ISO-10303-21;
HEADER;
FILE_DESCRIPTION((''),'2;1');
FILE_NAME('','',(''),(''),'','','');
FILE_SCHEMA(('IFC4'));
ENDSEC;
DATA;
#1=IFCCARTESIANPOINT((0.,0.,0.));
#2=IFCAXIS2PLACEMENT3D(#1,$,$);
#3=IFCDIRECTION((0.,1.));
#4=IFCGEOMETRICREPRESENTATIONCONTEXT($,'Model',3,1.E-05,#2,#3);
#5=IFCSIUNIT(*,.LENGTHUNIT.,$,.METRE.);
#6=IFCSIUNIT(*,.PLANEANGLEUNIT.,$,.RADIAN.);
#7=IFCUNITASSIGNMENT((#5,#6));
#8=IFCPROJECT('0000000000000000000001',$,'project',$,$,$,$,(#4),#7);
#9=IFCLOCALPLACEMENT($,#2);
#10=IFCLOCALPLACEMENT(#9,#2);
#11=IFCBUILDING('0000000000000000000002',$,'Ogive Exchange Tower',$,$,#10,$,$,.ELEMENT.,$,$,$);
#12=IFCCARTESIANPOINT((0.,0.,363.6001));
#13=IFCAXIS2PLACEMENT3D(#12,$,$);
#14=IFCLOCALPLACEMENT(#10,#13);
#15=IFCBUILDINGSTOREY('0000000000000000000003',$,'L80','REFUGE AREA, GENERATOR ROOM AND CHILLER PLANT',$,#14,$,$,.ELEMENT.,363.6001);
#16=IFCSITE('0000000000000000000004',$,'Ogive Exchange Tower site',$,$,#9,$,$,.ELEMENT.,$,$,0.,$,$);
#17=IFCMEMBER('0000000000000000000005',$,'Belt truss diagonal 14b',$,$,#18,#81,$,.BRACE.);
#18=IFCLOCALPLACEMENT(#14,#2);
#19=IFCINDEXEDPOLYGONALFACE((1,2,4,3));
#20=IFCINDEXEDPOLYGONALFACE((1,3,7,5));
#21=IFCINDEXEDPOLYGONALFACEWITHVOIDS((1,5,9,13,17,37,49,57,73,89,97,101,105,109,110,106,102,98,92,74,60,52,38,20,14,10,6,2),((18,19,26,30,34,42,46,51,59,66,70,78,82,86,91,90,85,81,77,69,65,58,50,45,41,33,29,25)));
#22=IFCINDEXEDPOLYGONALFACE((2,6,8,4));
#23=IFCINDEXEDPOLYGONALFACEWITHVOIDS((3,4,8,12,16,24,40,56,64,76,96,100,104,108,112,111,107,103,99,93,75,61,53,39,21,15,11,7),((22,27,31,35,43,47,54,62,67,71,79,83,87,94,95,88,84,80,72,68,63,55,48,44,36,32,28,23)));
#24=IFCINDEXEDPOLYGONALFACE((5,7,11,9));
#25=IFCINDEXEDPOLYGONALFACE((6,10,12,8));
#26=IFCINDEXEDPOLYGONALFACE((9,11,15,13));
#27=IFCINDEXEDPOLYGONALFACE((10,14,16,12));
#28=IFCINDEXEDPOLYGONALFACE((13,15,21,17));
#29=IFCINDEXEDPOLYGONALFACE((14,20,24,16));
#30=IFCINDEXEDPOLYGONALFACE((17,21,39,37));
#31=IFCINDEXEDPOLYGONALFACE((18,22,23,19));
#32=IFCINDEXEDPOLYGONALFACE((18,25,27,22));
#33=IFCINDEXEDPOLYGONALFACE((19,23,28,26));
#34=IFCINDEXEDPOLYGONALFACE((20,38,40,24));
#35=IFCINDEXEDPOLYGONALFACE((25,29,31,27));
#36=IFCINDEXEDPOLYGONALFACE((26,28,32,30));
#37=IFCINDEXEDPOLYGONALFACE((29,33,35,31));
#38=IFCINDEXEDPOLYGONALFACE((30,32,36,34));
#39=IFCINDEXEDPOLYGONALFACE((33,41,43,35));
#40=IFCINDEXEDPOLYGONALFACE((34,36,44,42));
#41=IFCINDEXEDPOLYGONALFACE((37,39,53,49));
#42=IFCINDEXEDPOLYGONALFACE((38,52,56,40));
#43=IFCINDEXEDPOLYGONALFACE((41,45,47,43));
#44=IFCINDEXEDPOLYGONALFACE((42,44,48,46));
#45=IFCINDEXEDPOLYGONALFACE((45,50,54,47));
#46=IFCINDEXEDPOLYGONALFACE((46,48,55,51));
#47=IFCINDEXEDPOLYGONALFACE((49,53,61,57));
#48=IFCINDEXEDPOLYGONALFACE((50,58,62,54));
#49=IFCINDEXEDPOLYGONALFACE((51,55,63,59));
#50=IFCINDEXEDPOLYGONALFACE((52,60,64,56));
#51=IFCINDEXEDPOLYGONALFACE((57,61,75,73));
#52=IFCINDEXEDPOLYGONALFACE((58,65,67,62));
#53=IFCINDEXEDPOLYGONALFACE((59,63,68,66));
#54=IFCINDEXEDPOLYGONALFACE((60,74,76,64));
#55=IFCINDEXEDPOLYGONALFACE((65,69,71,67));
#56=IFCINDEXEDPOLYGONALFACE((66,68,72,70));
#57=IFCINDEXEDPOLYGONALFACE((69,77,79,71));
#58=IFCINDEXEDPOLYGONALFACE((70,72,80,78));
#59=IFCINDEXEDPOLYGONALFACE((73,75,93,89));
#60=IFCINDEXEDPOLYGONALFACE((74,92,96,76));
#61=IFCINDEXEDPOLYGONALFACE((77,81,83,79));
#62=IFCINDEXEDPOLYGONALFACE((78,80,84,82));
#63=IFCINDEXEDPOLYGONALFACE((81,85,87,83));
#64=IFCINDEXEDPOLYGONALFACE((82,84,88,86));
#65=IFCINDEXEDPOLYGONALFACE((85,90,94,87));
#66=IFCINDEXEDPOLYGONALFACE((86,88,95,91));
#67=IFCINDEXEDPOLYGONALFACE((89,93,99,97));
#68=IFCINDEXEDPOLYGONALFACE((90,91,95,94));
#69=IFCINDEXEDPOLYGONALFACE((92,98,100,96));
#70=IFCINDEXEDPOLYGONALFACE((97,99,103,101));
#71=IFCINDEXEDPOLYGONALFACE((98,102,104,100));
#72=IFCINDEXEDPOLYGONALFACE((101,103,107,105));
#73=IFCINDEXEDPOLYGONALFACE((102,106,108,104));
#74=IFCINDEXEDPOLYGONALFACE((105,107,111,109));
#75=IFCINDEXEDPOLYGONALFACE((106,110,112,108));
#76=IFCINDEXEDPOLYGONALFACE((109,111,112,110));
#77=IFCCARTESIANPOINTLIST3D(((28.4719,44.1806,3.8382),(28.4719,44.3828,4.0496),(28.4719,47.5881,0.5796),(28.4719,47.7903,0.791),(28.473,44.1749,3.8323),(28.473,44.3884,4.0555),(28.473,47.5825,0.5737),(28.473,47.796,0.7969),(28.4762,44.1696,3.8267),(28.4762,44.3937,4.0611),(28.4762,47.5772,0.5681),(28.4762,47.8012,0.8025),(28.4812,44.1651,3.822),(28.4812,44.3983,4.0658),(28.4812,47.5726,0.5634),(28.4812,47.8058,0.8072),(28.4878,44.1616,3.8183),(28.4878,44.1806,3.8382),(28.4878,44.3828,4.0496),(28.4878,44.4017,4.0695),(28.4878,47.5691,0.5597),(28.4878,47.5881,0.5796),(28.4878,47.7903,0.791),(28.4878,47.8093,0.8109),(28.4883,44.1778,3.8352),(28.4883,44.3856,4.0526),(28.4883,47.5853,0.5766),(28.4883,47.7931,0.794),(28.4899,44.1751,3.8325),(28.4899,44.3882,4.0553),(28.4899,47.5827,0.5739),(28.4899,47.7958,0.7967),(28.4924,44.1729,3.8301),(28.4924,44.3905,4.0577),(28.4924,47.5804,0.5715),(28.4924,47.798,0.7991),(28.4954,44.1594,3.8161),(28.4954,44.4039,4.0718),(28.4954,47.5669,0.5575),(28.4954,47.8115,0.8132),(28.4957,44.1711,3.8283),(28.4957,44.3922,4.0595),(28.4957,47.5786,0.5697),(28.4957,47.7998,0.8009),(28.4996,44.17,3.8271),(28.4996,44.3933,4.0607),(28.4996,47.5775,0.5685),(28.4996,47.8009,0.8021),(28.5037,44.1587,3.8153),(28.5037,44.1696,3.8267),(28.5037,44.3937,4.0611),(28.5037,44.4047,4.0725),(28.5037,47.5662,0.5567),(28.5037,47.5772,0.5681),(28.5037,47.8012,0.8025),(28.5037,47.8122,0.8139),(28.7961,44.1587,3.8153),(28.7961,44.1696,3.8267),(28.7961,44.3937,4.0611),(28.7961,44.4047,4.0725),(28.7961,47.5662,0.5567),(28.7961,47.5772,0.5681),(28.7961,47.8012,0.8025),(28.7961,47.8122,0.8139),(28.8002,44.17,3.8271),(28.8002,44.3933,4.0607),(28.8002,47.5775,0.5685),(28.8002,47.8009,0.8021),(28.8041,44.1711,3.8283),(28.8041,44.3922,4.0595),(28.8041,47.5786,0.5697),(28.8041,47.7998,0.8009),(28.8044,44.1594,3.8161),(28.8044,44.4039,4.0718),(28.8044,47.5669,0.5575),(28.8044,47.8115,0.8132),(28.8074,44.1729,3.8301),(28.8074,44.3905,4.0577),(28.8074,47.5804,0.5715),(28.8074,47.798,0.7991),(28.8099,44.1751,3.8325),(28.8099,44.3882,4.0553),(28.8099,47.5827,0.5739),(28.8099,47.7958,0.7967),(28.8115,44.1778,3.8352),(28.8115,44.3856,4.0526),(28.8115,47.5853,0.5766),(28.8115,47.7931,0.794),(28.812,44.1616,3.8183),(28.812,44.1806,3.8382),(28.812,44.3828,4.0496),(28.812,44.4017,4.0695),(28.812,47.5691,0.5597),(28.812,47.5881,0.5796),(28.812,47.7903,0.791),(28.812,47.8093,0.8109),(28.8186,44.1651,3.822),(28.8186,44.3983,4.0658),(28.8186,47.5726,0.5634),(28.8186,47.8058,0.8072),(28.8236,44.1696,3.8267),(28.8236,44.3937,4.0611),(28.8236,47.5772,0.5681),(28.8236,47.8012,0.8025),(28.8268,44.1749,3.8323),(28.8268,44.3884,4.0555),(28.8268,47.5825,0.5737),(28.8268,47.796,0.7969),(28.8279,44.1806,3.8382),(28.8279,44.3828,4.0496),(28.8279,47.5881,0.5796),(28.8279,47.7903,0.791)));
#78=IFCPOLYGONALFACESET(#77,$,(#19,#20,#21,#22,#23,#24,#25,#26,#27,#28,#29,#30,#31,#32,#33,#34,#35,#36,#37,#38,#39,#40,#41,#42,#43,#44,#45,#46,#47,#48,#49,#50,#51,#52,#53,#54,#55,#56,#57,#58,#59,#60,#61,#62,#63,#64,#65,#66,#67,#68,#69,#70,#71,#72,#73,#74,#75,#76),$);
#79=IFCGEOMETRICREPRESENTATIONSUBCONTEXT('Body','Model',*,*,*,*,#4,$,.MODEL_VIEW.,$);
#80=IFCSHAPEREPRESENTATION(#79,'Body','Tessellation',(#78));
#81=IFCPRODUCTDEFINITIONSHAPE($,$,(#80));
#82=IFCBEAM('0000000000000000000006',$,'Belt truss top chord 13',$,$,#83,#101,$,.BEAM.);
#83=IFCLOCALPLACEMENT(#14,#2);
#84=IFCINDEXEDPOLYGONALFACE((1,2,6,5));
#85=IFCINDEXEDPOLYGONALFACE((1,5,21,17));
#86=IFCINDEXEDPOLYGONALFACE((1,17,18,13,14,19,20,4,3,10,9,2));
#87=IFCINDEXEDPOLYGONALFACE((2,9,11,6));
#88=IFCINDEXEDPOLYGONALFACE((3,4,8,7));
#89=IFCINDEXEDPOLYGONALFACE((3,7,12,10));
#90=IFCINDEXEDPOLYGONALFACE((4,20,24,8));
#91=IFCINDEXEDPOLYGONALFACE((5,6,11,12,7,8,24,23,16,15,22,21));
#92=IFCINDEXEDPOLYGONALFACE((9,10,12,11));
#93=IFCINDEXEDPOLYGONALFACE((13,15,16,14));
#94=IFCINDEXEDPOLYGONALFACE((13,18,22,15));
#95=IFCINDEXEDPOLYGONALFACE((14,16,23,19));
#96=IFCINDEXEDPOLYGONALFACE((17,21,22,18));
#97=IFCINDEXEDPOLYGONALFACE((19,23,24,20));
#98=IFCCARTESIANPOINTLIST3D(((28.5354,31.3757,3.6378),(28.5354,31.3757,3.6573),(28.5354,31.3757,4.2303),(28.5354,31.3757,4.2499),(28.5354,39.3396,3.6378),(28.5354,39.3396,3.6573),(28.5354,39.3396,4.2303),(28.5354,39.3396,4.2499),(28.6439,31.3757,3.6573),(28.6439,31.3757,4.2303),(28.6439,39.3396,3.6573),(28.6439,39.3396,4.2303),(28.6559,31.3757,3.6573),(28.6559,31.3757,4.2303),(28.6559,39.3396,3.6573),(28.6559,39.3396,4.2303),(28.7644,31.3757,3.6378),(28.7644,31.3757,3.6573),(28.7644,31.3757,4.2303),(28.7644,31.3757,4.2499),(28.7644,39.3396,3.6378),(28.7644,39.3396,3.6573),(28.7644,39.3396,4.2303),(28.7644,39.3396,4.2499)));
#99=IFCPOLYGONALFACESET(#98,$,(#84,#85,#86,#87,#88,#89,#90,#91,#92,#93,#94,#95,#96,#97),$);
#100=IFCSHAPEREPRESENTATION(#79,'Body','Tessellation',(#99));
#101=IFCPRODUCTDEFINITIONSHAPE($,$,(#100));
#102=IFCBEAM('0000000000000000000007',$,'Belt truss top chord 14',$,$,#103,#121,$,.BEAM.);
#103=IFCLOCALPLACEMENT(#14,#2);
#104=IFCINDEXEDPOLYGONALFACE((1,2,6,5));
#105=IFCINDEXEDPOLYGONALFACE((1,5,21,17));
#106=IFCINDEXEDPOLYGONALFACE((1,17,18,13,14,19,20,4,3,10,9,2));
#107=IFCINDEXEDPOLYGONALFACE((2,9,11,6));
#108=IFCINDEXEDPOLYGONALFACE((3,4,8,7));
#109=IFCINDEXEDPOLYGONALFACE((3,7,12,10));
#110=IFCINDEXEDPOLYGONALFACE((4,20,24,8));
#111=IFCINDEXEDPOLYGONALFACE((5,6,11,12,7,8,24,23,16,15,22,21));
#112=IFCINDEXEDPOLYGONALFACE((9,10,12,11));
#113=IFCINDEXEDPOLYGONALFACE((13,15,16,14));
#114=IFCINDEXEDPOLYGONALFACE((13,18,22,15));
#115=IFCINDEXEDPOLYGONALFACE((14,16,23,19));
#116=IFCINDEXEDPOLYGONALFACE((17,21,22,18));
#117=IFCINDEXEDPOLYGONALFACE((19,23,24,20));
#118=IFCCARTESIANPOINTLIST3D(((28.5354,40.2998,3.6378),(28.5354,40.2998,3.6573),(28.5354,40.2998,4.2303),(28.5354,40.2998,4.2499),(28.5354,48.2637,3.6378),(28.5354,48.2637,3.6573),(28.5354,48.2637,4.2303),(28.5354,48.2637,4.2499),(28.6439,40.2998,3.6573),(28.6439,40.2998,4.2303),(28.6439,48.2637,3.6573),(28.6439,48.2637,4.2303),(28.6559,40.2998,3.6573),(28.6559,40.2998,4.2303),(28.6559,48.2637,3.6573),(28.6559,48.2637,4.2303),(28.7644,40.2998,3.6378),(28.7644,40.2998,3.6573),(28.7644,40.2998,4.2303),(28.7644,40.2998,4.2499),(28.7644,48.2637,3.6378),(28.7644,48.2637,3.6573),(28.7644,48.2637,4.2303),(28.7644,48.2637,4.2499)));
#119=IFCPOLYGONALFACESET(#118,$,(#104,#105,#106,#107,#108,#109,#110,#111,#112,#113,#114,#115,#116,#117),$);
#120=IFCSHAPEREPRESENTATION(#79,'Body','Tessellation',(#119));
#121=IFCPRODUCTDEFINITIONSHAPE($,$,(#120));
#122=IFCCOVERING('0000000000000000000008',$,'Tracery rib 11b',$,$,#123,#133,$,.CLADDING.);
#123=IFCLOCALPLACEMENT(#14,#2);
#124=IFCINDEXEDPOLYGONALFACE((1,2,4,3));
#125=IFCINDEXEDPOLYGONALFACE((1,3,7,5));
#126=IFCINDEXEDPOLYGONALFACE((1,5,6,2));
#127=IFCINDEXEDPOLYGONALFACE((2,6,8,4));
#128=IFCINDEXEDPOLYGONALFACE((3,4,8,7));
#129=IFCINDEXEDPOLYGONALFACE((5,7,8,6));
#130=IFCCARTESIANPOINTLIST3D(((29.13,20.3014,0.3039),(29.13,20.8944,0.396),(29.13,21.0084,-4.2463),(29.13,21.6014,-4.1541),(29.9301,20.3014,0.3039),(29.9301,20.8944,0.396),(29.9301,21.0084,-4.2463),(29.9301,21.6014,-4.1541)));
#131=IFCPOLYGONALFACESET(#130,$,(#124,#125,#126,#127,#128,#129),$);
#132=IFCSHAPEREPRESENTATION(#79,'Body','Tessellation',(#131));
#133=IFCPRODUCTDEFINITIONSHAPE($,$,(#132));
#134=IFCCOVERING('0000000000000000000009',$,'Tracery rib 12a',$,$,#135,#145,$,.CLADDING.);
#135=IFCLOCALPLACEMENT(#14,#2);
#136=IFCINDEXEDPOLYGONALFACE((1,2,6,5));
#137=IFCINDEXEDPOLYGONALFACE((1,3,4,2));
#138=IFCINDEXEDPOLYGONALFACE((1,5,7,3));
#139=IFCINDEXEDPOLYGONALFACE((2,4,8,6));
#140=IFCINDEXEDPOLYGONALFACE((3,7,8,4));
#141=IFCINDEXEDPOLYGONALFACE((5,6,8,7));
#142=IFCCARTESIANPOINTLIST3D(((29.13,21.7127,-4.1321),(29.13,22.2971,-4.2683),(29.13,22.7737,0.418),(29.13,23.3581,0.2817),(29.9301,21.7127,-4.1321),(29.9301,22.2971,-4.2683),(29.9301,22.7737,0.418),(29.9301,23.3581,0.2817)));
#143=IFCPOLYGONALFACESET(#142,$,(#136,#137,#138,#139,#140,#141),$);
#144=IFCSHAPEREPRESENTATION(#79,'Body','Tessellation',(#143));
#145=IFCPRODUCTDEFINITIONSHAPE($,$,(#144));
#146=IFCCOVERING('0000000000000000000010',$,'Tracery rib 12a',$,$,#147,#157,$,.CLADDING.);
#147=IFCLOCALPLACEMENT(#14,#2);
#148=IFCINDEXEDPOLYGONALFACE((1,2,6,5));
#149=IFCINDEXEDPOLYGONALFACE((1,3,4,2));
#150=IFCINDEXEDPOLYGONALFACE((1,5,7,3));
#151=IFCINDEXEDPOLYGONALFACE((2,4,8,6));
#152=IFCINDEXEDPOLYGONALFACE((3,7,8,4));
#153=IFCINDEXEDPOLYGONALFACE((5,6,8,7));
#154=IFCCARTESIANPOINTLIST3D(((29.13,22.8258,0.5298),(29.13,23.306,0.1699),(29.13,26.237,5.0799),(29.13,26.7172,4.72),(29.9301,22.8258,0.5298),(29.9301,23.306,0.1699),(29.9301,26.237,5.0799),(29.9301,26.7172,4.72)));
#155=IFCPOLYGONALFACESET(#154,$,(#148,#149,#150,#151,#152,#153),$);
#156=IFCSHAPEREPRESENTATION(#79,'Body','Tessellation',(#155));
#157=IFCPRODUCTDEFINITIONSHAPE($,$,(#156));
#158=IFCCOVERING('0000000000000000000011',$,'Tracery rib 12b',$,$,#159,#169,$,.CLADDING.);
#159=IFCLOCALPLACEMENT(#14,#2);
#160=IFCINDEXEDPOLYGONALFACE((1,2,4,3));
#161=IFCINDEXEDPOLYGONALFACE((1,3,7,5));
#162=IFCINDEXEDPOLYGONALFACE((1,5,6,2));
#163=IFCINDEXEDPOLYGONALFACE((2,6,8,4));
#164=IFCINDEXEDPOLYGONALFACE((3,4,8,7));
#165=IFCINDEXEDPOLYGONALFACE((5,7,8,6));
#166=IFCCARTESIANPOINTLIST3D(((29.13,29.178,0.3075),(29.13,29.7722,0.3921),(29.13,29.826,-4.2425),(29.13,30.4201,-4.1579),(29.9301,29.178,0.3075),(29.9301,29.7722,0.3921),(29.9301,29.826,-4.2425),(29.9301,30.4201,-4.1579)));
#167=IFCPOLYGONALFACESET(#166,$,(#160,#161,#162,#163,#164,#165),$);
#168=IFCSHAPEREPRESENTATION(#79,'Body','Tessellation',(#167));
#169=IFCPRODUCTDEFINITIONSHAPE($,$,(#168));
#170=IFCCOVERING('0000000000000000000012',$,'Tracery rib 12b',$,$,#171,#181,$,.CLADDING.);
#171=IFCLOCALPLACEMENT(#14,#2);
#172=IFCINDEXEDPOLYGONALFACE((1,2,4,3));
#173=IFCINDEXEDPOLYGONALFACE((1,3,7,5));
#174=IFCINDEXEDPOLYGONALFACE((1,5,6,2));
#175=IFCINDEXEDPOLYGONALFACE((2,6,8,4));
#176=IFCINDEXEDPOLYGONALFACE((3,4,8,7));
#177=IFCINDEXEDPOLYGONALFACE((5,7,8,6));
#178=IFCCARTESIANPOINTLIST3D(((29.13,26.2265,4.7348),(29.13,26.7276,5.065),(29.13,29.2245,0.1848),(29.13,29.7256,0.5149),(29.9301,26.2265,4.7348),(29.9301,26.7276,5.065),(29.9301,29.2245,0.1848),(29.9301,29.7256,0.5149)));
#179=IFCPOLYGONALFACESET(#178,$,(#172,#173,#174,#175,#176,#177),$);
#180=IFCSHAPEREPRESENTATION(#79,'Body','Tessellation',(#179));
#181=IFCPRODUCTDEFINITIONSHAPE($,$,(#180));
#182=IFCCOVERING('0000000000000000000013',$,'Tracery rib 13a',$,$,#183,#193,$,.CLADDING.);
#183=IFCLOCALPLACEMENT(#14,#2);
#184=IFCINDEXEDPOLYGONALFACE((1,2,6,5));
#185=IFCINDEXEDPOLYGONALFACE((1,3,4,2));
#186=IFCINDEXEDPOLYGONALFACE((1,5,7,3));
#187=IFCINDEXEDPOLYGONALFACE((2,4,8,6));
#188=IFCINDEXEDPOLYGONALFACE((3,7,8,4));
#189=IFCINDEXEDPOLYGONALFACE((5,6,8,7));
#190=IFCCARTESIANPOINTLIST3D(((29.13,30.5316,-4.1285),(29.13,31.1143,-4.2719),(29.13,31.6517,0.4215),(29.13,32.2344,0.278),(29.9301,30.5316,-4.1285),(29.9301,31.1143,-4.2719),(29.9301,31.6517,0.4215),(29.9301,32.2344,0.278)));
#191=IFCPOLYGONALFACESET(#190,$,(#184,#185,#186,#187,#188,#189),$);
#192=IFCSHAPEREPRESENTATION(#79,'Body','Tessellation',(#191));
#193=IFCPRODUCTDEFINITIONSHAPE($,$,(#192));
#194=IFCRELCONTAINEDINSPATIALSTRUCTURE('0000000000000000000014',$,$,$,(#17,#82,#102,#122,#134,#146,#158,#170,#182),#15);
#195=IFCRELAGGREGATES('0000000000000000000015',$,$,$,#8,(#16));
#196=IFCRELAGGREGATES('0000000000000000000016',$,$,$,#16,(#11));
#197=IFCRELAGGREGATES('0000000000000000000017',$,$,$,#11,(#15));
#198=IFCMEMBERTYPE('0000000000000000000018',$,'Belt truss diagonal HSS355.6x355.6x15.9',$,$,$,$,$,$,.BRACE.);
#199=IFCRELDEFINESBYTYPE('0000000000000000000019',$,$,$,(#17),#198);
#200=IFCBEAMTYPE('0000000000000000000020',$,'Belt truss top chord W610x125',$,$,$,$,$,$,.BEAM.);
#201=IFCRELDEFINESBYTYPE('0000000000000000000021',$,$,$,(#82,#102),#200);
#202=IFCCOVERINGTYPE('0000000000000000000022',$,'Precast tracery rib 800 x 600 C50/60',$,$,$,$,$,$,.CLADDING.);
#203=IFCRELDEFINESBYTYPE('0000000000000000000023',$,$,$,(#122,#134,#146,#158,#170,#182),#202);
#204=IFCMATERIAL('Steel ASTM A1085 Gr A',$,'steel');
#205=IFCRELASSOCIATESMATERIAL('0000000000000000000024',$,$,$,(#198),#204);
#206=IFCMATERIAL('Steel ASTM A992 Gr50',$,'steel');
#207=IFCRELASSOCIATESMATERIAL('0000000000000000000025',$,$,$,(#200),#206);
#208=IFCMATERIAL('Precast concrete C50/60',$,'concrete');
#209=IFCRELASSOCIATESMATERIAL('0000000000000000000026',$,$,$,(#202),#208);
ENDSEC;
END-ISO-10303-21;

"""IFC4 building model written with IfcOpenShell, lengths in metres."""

from ifc_helpers import new_model, si_unit, direction, frame, origin, origin_2d, place, context, subcontext, project, spatial, rectangle, hollow_rectangle, i_section, extrude, material, material_profile, profile_set, type_object, element, save


model = new_model("IFC4")

# Units and contexts
model_context = context("Model", 3, precision=1e-05, world=origin(), true_north=direction((0.0, 1.0)))
body_context = subcontext(model_context, "Body", "Model", "MODEL_VIEW")
ifc_project = project(units=[si_unit("LENGTHUNIT", "METRE"), si_unit("PLANEANGLEUNIT", "RADIAN")], contexts=[model_context])

# Site, building, storey
site_placement = place(None, origin())
site = spatial("IfcSite", under=ifc_project, at=site_placement, Name="Ogive Exchange Tower site", CompositionType="ELEMENT", RefElevation=0.0)
building_placement = place(site_placement, origin())
building = spatial("IfcBuilding", under=site, at=building_placement, Name="Ogive Exchange Tower", CompositionType="ELEMENT")
storey_placement = place(building_placement, frame((0.0, 0.0, 363.6001)))
storey = spatial("IfcBuildingStorey", under=building, at=storey_placement, Name="L80", Description="REFUGE AREA, GENERATOR ROOM AND CHILLER PLANT", CompositionType="ELEMENT", Elevation=363.6001)

# Shared definitions
ifc_material_1 = material(Name="Steel ASTM A992 Gr50", Category="steel")

# Member
ifc_material_2 = material(Name="Steel ASTM A1085 Gr A", Category="steel")
ifc_material_profile_1 = material_profile(ifc_material_2, hollow_rectangle(XDim=0.356, YDim=0.356, WallThickness=0.0159, InnerFilletRadius=0.0159, OuterFilletRadius=0.0317, at=origin_2d()), Name="HSS355.6x355.6x15.9")
ifc_profile_set_1 = profile_set([ifc_material_profile_1], Name="Steel ASTM A1085 Gr A")
member_type = type_object("IfcMemberType", Name="Belt truss diagonal HSS355.6x355.6x15.9", PredefinedType="BRACE", material=ifc_profile_set_1)
member_1_placement = place(storey_placement, frame((28.6499, 47.6892, 0.6853), z_axis=(0.0, -0.722724, 0.691137), x_axis=(1.0, 0.0, 0.0)))
element("IfcMember", 1, at=member_1_placement, inside=storey, type_object=member_type, Name="Belt truss diagonal 14b", PredefinedType="BRACE", context=body_context, shape_type="SweptSolid", body=[
    extrude(hollow_rectangle(XDim=0.356, YDim=0.356, WallThickness=0.0159, InnerFilletRadius=0.0159, OuterFilletRadius=0.0317, at=origin_2d()), origin(), (0.0, 0.0, 1.0), 4.7148),
])

# Beams
ifc_material_profile_2 = material_profile(ifc_material_1, i_section(OverallWidth=0.229, OverallDepth=0.6121, WebThickness=0.012, FlangeThickness=0.0195, at=origin_2d()), Name="W610x125")
ifc_profile_set_2 = profile_set([ifc_material_profile_2], Name="Steel ASTM A992 Gr50")
beam_type_1 = type_object("IfcBeamType", Name="Belt truss top chord W610x125", PredefinedType="BEAM", material=ifc_profile_set_2)
for number, where, z_axis, x_axis, name in (
    (2, (28.6499, 31.3757, 3.9438), (0.0, 1.0, 0.0), (-1.0, 0.0, 0.0), "Belt truss top chord 13"),
    (3, (28.6499, 40.2998, 3.9438), (0.0, 1.0, 0.0), (-1.0, 0.0, 0.0), "Belt truss top chord 14"),
):
    element("IfcBeam", number, at=place(storey_placement, frame(where, z_axis=z_axis, x_axis=x_axis)), inside=storey, type_object=beam_type_1, Name=name, PredefinedType="BEAM", context=body_context, shape_type="SweptSolid", body=[
        extrude(i_section(OverallWidth=0.229, OverallDepth=0.6121, WebThickness=0.012, FlangeThickness=0.0195, at=origin_2d()), origin(), (0.0, 0.0, 1.0), 7.9639),
    ])

# Coverings
ifc_material_3 = material(Name="Precast concrete C50/60", Category="concrete")
ifc_material_profile_3 = material_profile(ifc_material_3, rectangle(XDim=0.8, YDim=0.6001, at=origin_2d()), Name="RIB 800 x 600")
ifc_profile_set_3 = profile_set([ifc_material_profile_3], Name="Precast concrete C50/60")
covering_type = type_object("IfcCoveringType", Name="Precast tracery rib 800 x 600 C50/60", PredefinedType="CLADDING", material=ifc_profile_set_3)
covering_1_placement = place(storey_placement, frame((29.53, 21.3049, -4.2002), z_axis=(0.0, -0.153547, 0.988141), x_axis=(1.0, 0.0, 0.0)))
element("IfcCovering", 4, at=covering_1_placement, inside=storey, type_object=covering_type, Name="Tracery rib 11b", PredefinedType="CLADDING", context=body_context, shape_type="SweptSolid", body=[
    extrude(rectangle(XDim=0.8, YDim=0.6001, at=origin_2d()), origin(), (0.0, 0.0, 1.0), 4.6047),
])
covering_2_placement = place(storey_placement, frame((29.53, 22.0049, -4.2002), z_axis=(0.0, 0.227099, 0.973872), x_axis=(-1.0, 0.0, 0.0)))
element("IfcCovering", 5, at=covering_2_placement, inside=storey, type_object=covering_type, Name="Tracery rib 12a", PredefinedType="CLADDING", context=body_context, shape_type="SweptSolid", body=[
    extrude(rectangle(XDim=0.8, YDim=0.6001, at=origin_2d()), origin(), (0.0, 0.0, 1.0), 4.6721),
])
covering_3_placement = place(storey_placement, frame((29.53, 23.0659, 0.3499), z_axis=(0.0, 0.599842, 0.800118), x_axis=(-1.0, 0.0, 0.0)))
element("IfcCovering", 6, at=covering_3_placement, inside=storey, type_object=covering_type, Name="Tracery rib 12a", PredefinedType="CLADDING", context=body_context, shape_type="SweptSolid", body=[
    extrude(rectangle(XDim=0.8, YDim=0.6001, at=origin_2d()), origin(), (0.0, 0.0, 1.0), 5.6868),
])
covering_4_placement = place(storey_placement, frame((29.53, 30.123, -4.2002), z_axis=(0.0, -0.140983, 0.990012), x_axis=(1.0, 0.0, 0.0)))
element("IfcCovering", 7, at=covering_4_placement, inside=storey, type_object=covering_type, Name="Tracery rib 12b", PredefinedType="CLADDING", context=body_context, shape_type="SweptSolid", body=[
    extrude(rectangle(XDim=0.8, YDim=0.6001, at=origin_2d()), origin(), (0.0, 0.0, 1.0), 4.5959),
])
covering_5_placement = place(storey_placement, frame((29.53, 29.4751, 0.3499), z_axis=(0.0, -0.550205, 0.83503), x_axis=(1.0, 0.0, 0.0)))
element("IfcCovering", 8, at=covering_5_placement, inside=storey, type_object=covering_type, Name="Tracery rib 12b", PredefinedType="CLADDING", context=body_context, shape_type="SweptSolid", body=[
    extrude(rectangle(XDim=0.8, YDim=0.6001, at=origin_2d()), origin(), (0.0, 0.0, 1.0), 5.449),
])
covering_6_placement = place(storey_placement, frame((29.53, 30.823, -4.2002), z_axis=(0.0, 0.23904, 0.97101), x_axis=(-1.0, 0.0, 0.0)))
element("IfcCovering", 9, at=covering_6_placement, inside=storey, type_object=covering_type, Name="Tracery rib 13a", PredefinedType="CLADDING", context=body_context, shape_type="SweptSolid", body=[
    extrude(rectangle(XDim=0.8, YDim=0.6001, at=origin_2d()), origin(), (0.0, 0.0, 1.0), 4.6858),
])

save(model, "model.ifc")
